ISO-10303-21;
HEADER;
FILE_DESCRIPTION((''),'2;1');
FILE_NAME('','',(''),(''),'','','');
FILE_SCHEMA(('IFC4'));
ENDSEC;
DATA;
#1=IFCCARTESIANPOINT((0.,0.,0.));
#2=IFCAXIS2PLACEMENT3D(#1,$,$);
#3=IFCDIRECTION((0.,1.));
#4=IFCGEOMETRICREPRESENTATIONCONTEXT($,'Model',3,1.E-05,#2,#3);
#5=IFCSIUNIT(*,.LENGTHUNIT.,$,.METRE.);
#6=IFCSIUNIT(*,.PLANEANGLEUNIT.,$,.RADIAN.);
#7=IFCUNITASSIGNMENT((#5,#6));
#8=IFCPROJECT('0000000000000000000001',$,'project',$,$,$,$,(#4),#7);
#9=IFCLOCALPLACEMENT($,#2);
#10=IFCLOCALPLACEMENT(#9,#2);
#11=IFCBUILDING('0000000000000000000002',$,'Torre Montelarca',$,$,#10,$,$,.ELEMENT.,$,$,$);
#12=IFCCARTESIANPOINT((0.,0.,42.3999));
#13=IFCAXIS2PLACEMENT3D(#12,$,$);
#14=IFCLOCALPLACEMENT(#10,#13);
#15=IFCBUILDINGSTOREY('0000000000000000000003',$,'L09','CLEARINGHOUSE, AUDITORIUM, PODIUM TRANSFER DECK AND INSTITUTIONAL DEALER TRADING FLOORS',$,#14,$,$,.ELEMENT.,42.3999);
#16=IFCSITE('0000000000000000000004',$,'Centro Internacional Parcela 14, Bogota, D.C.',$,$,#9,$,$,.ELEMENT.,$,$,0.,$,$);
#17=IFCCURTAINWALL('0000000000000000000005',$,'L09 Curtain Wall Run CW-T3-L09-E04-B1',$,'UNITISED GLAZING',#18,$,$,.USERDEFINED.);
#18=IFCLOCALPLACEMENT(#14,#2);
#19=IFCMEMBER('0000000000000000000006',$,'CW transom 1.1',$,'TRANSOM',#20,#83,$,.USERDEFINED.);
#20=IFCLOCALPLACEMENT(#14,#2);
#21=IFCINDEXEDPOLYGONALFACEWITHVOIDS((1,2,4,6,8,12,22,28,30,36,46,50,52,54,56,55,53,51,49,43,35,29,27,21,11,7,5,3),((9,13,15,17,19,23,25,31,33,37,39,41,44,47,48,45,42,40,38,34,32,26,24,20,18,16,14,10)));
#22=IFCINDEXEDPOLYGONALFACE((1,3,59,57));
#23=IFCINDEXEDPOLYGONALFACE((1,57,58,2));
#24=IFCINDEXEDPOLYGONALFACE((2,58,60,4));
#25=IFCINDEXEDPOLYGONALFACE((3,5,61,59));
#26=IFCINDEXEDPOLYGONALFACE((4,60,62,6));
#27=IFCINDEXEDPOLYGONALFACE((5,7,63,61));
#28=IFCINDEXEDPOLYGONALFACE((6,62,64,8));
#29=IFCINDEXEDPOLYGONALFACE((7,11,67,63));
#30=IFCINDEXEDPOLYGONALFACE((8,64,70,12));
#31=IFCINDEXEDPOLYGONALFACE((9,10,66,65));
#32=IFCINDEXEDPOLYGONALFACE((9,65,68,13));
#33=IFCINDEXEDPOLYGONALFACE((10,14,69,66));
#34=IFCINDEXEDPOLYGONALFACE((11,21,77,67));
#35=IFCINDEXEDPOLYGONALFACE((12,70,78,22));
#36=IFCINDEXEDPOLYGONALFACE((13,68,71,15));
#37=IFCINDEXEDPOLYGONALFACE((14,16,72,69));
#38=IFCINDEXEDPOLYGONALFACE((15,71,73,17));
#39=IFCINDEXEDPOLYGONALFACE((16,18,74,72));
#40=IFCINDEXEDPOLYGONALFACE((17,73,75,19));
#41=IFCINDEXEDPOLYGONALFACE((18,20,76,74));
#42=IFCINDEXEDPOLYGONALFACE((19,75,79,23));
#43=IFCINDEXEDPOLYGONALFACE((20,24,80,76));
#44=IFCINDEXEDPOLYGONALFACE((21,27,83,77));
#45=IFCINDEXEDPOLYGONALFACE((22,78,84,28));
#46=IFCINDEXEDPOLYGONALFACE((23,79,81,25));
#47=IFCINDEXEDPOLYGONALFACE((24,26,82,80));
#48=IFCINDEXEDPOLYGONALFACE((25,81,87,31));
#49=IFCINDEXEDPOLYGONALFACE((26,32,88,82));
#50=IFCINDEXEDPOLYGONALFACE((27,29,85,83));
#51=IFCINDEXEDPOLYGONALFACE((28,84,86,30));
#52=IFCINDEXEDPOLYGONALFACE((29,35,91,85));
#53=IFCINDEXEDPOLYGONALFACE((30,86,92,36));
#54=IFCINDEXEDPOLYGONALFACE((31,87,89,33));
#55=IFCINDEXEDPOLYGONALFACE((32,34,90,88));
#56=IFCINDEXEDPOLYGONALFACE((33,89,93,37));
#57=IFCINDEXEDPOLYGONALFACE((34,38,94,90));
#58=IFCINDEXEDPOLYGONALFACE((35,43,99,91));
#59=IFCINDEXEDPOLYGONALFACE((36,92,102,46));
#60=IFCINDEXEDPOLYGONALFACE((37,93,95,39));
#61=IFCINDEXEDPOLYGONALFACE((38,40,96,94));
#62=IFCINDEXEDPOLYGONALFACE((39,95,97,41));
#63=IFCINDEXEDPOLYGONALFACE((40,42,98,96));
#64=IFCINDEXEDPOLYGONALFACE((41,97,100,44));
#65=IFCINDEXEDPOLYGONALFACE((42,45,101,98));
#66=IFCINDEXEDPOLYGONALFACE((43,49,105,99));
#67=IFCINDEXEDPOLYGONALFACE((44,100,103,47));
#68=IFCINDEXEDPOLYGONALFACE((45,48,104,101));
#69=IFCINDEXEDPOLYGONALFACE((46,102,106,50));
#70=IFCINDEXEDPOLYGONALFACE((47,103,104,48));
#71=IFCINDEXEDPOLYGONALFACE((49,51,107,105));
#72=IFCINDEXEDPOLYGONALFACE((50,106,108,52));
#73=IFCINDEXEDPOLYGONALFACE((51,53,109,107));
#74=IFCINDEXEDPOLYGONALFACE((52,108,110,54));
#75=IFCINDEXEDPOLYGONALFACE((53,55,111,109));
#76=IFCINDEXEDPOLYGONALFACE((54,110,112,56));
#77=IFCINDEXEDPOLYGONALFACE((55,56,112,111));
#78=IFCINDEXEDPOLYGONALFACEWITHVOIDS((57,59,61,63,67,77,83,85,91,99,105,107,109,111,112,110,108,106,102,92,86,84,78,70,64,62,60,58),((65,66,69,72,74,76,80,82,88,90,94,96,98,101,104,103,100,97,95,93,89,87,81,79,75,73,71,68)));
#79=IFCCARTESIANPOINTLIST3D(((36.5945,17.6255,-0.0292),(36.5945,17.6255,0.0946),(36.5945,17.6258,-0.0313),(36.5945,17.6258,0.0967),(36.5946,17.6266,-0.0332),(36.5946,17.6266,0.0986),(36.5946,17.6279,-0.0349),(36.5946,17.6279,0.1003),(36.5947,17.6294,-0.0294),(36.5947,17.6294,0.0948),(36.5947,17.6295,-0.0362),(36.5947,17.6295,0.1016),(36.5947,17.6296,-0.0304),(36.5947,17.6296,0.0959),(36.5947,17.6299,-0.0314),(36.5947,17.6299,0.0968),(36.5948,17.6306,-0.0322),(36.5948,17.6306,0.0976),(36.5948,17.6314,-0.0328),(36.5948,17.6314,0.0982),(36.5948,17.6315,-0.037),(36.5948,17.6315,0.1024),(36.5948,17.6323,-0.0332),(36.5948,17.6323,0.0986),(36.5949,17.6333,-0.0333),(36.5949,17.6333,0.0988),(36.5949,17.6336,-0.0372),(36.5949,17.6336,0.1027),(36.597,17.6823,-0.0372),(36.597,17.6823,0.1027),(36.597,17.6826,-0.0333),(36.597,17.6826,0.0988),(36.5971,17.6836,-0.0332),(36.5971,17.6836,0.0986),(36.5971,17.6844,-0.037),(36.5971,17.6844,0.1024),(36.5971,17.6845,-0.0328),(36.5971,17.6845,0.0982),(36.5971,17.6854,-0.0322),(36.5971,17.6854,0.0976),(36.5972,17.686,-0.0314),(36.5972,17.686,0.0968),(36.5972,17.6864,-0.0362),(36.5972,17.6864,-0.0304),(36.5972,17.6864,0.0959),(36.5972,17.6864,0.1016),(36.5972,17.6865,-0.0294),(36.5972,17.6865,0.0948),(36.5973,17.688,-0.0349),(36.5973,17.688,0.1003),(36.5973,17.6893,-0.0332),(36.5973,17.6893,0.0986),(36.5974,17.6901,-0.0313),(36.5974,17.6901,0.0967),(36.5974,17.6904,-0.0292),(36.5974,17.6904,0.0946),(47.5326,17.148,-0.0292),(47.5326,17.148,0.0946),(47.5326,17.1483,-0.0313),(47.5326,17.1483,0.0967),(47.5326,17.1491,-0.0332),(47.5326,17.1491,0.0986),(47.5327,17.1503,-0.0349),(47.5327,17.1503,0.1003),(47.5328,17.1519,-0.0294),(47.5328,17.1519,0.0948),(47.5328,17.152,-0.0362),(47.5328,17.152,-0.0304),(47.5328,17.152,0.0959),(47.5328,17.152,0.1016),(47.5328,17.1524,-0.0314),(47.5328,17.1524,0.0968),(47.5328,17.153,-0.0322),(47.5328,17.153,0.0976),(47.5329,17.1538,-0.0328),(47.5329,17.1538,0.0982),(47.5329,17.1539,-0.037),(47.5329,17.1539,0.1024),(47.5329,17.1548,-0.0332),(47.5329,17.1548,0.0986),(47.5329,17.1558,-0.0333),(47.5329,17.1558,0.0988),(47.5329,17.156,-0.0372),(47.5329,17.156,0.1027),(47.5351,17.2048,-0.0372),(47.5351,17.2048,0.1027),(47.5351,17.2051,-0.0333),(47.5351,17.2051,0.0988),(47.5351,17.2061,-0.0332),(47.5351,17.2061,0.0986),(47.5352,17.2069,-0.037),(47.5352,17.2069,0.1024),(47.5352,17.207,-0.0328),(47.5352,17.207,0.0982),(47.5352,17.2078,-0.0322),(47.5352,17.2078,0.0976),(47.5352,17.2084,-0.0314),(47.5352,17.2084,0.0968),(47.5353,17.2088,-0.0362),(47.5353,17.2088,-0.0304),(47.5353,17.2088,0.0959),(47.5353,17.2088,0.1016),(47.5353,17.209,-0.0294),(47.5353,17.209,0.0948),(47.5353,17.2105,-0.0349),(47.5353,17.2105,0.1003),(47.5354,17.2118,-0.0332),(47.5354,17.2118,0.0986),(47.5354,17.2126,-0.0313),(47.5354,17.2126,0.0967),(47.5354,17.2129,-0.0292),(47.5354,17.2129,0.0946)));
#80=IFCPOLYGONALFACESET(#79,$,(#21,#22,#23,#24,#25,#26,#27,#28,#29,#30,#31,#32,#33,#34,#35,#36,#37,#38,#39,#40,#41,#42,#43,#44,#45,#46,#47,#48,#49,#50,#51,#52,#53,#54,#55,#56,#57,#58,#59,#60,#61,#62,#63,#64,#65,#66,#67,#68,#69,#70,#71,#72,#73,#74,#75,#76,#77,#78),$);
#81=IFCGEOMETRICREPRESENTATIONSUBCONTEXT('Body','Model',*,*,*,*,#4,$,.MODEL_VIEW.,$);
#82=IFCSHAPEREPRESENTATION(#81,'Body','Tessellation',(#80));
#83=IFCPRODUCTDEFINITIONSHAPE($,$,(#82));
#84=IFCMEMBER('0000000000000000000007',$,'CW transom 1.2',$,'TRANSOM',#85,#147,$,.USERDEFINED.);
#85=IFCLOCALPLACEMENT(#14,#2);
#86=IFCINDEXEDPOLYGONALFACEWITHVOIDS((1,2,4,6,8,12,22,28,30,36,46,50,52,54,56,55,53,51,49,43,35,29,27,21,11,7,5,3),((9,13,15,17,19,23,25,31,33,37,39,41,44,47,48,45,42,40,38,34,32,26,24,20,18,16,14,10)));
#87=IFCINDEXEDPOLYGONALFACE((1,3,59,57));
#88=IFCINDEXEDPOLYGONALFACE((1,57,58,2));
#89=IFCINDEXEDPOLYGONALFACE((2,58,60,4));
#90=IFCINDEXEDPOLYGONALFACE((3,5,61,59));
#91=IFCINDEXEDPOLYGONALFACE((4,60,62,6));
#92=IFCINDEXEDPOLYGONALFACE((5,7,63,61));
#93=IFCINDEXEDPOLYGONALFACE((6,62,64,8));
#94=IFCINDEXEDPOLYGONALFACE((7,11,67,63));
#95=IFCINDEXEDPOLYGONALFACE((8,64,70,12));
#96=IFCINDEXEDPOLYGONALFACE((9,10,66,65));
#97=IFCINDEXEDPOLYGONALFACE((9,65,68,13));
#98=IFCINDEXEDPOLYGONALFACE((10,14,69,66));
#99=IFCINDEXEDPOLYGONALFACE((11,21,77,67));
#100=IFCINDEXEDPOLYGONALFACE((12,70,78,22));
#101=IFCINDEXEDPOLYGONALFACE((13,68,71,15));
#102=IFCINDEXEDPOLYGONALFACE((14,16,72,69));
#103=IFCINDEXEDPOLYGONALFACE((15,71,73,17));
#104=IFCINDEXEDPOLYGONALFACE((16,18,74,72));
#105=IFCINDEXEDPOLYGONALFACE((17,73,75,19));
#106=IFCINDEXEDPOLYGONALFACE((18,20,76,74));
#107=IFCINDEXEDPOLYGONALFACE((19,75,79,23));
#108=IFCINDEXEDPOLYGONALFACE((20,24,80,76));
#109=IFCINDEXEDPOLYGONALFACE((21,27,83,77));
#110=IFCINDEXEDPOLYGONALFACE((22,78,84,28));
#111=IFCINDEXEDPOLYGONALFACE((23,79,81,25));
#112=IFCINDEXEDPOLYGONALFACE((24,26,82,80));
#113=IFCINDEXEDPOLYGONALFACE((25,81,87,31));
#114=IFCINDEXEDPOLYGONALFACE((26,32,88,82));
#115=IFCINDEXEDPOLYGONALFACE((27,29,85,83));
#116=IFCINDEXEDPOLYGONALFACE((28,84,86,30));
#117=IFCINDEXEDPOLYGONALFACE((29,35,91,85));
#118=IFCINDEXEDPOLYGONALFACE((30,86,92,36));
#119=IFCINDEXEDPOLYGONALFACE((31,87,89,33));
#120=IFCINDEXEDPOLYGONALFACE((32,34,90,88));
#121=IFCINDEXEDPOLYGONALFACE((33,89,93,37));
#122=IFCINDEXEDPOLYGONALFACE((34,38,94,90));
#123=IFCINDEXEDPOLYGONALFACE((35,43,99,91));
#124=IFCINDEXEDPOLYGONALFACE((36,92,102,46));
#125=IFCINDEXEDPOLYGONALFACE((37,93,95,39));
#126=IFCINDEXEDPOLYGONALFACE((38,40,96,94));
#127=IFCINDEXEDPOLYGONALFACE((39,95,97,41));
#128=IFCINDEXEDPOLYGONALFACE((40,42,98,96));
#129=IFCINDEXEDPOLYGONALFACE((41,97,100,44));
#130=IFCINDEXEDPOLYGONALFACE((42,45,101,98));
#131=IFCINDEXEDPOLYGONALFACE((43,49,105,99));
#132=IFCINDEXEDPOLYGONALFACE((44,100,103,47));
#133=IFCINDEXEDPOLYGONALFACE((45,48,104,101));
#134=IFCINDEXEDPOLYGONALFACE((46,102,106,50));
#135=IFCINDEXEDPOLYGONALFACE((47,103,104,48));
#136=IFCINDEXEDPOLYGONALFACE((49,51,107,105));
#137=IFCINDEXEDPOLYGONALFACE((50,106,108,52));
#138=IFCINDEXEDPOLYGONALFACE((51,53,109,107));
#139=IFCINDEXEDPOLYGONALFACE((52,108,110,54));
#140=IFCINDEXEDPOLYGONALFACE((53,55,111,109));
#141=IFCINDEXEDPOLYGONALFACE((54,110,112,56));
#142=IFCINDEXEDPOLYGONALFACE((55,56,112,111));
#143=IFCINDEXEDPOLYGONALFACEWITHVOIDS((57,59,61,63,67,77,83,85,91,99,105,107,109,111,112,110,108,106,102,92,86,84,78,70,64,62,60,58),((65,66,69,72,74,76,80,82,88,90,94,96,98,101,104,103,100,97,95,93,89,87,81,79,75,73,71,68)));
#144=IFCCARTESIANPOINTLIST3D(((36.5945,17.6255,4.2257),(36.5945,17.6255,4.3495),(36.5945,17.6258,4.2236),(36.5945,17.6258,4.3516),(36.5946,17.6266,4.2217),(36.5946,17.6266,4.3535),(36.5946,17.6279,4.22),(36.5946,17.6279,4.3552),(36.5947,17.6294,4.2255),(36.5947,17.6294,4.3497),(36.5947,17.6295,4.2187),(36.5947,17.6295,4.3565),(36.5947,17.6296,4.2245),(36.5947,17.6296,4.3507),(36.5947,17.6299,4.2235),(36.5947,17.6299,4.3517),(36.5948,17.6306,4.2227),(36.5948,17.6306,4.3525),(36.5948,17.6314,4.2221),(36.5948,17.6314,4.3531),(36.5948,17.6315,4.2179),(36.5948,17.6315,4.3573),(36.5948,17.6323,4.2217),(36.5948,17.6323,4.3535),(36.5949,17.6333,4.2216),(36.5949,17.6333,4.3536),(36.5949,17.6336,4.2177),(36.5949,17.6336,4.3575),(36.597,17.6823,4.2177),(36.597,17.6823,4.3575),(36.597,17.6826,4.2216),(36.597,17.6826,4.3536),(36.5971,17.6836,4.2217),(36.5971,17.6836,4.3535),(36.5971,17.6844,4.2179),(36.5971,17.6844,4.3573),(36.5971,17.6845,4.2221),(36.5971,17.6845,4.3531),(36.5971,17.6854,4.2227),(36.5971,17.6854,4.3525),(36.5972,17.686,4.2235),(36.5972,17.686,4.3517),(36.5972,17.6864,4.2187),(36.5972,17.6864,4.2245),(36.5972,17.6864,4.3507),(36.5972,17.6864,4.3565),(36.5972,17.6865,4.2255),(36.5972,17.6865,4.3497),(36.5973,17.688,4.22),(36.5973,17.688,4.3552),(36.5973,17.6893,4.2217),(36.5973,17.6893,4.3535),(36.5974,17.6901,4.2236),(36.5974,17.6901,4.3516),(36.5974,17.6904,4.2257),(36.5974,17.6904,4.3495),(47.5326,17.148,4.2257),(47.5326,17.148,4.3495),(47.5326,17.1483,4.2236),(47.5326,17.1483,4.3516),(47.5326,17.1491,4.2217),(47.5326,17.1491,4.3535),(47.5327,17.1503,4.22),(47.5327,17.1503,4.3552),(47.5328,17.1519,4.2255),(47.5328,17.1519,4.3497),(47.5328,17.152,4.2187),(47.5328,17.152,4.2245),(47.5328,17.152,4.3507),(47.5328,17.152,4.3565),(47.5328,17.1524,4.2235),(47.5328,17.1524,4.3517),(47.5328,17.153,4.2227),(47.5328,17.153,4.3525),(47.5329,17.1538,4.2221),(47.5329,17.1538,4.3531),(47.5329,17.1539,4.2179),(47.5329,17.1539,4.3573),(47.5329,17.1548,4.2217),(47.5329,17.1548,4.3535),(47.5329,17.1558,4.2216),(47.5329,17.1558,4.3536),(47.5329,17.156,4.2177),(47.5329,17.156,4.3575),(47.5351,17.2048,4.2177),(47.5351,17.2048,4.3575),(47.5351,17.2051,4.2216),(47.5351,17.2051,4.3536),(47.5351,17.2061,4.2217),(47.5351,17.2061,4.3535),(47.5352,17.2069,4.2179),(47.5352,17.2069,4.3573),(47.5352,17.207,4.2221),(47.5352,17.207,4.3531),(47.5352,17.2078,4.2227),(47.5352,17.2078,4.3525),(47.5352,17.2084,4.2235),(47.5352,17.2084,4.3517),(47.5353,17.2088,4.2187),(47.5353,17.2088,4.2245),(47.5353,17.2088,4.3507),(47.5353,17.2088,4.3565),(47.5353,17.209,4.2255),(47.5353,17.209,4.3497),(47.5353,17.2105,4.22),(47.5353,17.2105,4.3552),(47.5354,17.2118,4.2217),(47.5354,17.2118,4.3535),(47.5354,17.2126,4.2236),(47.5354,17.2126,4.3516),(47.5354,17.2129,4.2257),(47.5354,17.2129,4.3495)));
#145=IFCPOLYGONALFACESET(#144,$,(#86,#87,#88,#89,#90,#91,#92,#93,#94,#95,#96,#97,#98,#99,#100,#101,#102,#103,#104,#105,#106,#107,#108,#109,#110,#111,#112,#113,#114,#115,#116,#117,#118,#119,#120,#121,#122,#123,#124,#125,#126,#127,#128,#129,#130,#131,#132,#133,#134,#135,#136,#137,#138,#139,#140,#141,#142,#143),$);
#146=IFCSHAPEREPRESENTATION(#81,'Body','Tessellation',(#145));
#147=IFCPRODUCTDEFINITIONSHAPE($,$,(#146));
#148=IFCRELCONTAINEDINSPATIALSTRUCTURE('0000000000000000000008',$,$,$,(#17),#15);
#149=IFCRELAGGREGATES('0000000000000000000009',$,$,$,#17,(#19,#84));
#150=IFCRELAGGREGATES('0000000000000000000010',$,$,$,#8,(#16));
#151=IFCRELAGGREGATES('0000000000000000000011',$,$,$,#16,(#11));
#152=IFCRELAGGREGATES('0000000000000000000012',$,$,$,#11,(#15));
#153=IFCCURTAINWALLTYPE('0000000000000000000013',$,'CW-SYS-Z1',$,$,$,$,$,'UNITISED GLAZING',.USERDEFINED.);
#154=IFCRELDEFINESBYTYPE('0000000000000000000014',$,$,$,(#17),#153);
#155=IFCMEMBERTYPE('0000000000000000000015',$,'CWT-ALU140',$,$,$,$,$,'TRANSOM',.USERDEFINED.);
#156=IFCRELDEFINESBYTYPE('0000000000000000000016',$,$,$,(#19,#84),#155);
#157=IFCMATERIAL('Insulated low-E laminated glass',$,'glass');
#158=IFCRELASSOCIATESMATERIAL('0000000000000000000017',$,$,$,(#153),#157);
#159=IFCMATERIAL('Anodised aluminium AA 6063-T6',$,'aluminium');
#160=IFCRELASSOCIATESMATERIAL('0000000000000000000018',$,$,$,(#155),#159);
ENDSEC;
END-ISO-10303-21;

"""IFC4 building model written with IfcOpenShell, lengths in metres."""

from ifc_helpers import new_model, si_unit, direction, frame, origin, origin_2d, place, context, subcontext, project, spatial, hollow_rectangle, extrude, source, transform, mapped, material, material_profile, profile_set, type_object, element, aggregate, save


model = new_model("IFC4")

# Units and contexts
model_context = context("Model", 3, precision=1e-05, world=origin(), true_north=direction((0.0, 1.0)))
body_context = subcontext(model_context, "Body", "Model", "MODEL_VIEW")
ifc_project = project(units=[si_unit("LENGTHUNIT", "METRE"), si_unit("PLANEANGLEUNIT", "RADIAN")], contexts=[model_context])

# Site, building, storey
site_placement = place(None, origin())
site = spatial("IfcSite", under=ifc_project, at=site_placement, Name="Centro Internacional Parcela 14, Bogota, D.C.", CompositionType="ELEMENT", RefElevation=0.0)
building_placement = place(site_placement, origin())
building = spatial("IfcBuilding", under=site, at=building_placement, Name="Torre Montelarca", CompositionType="ELEMENT")
storey_placement = place(building_placement, frame((0.0, 0.0, 42.3999)))
storey = spatial("IfcBuildingStorey", under=building, at=storey_placement, Name="L09", Description="CLEARINGHOUSE, AUDITORIUM, PODIUM TRANSFER DECK AND INSTITUTIONAL DEALER TRADING FLOORS", CompositionType="ELEMENT", Elevation=42.3999)

# Curtain wall
ifc_material_1 = material(Name="Insulated low-E laminated glass", Category="glass")
curtain_wall_type = type_object("IfcCurtainWallType", Name="CW-SYS-Z1", ElementType="UNITISED GLAZING", PredefinedType="USERDEFINED", material=ifc_material_1)
curtain_wall_1_placement = place(storey_placement, origin())
curtain_wall_1 = element("IfcCurtainWall", 1, at=curtain_wall_1_placement, inside=storey, type_object=curtain_wall_type, Name="L09 Curtain Wall Run CW-T3-L09-E04-B1", ObjectType="UNITISED GLAZING", PredefinedType="USERDEFINED")
ifc_material_2 = material(Name="Anodised aluminium AA 6063-T6", Category="aluminium")

# Members
ifc_material_profile_1 = material_profile(ifc_material_2, hollow_rectangle(XDim=0.0649, YDim=0.1399, WallThickness=0.0039, InnerFilletRadius=0.0039, OuterFilletRadius=0.0081, at=origin_2d()), Name="ALU65X140X4", Category="aluminium")
ifc_profile_set_1 = profile_set([ifc_material_profile_1], Name="Anodised aluminium AA 6063-T6")
member_type_1 = type_object("IfcMemberType", Name="CWT-ALU140", ElementType="TRANSOM", PredefinedType="USERDEFINED", material=ifc_profile_set_1)
shared_shape_1 = source(origin(), body_context, "Body", "SweptSolid", [
    extrude(hollow_rectangle(XDim=0.0649, YDim=0.1399, WallThickness=0.0039, InnerFilletRadius=0.0039, OuterFilletRadius=0.0081, at=origin_2d()), origin(), (0.0, 0.0, 1.0), 10.9485),
])
member_1_placement = place(storey_placement, frame((36.5959, 17.658, 0.0327), z_axis=(0.999048, -0.043617, 0.0), x_axis=(0.043617, 0.999048, 0.0)))
member_1 = element("IfcMember", 2, at=member_1_placement, type_object=member_type_1, Name="CW transom 1.1", ObjectType="TRANSOM", PredefinedType="USERDEFINED", context=body_context, shape_type="MappedRepresentation", body=[
    mapped(shared_shape_1, transform((0.0, 0.0, 0.0), scale=1.0)),
])
member_2_placement = place(storey_placement, frame((36.5959, 17.658, 4.2876), z_axis=(0.999048, -0.043617, 0.0), x_axis=(0.043617, 0.999048, 0.0)))
member_2 = element("IfcMember", 3, at=member_2_placement, type_object=member_type_1, Name="CW transom 1.2", ObjectType="TRANSOM", PredefinedType="USERDEFINED", context=body_context, shape_type="MappedRepresentation", body=[
    mapped(shared_shape_1, transform((0.0, 0.0, 0.0), scale=1.0)),
])

aggregate(curtain_wall_1, [member_1, member_2])

save(model, "model.ifc")
